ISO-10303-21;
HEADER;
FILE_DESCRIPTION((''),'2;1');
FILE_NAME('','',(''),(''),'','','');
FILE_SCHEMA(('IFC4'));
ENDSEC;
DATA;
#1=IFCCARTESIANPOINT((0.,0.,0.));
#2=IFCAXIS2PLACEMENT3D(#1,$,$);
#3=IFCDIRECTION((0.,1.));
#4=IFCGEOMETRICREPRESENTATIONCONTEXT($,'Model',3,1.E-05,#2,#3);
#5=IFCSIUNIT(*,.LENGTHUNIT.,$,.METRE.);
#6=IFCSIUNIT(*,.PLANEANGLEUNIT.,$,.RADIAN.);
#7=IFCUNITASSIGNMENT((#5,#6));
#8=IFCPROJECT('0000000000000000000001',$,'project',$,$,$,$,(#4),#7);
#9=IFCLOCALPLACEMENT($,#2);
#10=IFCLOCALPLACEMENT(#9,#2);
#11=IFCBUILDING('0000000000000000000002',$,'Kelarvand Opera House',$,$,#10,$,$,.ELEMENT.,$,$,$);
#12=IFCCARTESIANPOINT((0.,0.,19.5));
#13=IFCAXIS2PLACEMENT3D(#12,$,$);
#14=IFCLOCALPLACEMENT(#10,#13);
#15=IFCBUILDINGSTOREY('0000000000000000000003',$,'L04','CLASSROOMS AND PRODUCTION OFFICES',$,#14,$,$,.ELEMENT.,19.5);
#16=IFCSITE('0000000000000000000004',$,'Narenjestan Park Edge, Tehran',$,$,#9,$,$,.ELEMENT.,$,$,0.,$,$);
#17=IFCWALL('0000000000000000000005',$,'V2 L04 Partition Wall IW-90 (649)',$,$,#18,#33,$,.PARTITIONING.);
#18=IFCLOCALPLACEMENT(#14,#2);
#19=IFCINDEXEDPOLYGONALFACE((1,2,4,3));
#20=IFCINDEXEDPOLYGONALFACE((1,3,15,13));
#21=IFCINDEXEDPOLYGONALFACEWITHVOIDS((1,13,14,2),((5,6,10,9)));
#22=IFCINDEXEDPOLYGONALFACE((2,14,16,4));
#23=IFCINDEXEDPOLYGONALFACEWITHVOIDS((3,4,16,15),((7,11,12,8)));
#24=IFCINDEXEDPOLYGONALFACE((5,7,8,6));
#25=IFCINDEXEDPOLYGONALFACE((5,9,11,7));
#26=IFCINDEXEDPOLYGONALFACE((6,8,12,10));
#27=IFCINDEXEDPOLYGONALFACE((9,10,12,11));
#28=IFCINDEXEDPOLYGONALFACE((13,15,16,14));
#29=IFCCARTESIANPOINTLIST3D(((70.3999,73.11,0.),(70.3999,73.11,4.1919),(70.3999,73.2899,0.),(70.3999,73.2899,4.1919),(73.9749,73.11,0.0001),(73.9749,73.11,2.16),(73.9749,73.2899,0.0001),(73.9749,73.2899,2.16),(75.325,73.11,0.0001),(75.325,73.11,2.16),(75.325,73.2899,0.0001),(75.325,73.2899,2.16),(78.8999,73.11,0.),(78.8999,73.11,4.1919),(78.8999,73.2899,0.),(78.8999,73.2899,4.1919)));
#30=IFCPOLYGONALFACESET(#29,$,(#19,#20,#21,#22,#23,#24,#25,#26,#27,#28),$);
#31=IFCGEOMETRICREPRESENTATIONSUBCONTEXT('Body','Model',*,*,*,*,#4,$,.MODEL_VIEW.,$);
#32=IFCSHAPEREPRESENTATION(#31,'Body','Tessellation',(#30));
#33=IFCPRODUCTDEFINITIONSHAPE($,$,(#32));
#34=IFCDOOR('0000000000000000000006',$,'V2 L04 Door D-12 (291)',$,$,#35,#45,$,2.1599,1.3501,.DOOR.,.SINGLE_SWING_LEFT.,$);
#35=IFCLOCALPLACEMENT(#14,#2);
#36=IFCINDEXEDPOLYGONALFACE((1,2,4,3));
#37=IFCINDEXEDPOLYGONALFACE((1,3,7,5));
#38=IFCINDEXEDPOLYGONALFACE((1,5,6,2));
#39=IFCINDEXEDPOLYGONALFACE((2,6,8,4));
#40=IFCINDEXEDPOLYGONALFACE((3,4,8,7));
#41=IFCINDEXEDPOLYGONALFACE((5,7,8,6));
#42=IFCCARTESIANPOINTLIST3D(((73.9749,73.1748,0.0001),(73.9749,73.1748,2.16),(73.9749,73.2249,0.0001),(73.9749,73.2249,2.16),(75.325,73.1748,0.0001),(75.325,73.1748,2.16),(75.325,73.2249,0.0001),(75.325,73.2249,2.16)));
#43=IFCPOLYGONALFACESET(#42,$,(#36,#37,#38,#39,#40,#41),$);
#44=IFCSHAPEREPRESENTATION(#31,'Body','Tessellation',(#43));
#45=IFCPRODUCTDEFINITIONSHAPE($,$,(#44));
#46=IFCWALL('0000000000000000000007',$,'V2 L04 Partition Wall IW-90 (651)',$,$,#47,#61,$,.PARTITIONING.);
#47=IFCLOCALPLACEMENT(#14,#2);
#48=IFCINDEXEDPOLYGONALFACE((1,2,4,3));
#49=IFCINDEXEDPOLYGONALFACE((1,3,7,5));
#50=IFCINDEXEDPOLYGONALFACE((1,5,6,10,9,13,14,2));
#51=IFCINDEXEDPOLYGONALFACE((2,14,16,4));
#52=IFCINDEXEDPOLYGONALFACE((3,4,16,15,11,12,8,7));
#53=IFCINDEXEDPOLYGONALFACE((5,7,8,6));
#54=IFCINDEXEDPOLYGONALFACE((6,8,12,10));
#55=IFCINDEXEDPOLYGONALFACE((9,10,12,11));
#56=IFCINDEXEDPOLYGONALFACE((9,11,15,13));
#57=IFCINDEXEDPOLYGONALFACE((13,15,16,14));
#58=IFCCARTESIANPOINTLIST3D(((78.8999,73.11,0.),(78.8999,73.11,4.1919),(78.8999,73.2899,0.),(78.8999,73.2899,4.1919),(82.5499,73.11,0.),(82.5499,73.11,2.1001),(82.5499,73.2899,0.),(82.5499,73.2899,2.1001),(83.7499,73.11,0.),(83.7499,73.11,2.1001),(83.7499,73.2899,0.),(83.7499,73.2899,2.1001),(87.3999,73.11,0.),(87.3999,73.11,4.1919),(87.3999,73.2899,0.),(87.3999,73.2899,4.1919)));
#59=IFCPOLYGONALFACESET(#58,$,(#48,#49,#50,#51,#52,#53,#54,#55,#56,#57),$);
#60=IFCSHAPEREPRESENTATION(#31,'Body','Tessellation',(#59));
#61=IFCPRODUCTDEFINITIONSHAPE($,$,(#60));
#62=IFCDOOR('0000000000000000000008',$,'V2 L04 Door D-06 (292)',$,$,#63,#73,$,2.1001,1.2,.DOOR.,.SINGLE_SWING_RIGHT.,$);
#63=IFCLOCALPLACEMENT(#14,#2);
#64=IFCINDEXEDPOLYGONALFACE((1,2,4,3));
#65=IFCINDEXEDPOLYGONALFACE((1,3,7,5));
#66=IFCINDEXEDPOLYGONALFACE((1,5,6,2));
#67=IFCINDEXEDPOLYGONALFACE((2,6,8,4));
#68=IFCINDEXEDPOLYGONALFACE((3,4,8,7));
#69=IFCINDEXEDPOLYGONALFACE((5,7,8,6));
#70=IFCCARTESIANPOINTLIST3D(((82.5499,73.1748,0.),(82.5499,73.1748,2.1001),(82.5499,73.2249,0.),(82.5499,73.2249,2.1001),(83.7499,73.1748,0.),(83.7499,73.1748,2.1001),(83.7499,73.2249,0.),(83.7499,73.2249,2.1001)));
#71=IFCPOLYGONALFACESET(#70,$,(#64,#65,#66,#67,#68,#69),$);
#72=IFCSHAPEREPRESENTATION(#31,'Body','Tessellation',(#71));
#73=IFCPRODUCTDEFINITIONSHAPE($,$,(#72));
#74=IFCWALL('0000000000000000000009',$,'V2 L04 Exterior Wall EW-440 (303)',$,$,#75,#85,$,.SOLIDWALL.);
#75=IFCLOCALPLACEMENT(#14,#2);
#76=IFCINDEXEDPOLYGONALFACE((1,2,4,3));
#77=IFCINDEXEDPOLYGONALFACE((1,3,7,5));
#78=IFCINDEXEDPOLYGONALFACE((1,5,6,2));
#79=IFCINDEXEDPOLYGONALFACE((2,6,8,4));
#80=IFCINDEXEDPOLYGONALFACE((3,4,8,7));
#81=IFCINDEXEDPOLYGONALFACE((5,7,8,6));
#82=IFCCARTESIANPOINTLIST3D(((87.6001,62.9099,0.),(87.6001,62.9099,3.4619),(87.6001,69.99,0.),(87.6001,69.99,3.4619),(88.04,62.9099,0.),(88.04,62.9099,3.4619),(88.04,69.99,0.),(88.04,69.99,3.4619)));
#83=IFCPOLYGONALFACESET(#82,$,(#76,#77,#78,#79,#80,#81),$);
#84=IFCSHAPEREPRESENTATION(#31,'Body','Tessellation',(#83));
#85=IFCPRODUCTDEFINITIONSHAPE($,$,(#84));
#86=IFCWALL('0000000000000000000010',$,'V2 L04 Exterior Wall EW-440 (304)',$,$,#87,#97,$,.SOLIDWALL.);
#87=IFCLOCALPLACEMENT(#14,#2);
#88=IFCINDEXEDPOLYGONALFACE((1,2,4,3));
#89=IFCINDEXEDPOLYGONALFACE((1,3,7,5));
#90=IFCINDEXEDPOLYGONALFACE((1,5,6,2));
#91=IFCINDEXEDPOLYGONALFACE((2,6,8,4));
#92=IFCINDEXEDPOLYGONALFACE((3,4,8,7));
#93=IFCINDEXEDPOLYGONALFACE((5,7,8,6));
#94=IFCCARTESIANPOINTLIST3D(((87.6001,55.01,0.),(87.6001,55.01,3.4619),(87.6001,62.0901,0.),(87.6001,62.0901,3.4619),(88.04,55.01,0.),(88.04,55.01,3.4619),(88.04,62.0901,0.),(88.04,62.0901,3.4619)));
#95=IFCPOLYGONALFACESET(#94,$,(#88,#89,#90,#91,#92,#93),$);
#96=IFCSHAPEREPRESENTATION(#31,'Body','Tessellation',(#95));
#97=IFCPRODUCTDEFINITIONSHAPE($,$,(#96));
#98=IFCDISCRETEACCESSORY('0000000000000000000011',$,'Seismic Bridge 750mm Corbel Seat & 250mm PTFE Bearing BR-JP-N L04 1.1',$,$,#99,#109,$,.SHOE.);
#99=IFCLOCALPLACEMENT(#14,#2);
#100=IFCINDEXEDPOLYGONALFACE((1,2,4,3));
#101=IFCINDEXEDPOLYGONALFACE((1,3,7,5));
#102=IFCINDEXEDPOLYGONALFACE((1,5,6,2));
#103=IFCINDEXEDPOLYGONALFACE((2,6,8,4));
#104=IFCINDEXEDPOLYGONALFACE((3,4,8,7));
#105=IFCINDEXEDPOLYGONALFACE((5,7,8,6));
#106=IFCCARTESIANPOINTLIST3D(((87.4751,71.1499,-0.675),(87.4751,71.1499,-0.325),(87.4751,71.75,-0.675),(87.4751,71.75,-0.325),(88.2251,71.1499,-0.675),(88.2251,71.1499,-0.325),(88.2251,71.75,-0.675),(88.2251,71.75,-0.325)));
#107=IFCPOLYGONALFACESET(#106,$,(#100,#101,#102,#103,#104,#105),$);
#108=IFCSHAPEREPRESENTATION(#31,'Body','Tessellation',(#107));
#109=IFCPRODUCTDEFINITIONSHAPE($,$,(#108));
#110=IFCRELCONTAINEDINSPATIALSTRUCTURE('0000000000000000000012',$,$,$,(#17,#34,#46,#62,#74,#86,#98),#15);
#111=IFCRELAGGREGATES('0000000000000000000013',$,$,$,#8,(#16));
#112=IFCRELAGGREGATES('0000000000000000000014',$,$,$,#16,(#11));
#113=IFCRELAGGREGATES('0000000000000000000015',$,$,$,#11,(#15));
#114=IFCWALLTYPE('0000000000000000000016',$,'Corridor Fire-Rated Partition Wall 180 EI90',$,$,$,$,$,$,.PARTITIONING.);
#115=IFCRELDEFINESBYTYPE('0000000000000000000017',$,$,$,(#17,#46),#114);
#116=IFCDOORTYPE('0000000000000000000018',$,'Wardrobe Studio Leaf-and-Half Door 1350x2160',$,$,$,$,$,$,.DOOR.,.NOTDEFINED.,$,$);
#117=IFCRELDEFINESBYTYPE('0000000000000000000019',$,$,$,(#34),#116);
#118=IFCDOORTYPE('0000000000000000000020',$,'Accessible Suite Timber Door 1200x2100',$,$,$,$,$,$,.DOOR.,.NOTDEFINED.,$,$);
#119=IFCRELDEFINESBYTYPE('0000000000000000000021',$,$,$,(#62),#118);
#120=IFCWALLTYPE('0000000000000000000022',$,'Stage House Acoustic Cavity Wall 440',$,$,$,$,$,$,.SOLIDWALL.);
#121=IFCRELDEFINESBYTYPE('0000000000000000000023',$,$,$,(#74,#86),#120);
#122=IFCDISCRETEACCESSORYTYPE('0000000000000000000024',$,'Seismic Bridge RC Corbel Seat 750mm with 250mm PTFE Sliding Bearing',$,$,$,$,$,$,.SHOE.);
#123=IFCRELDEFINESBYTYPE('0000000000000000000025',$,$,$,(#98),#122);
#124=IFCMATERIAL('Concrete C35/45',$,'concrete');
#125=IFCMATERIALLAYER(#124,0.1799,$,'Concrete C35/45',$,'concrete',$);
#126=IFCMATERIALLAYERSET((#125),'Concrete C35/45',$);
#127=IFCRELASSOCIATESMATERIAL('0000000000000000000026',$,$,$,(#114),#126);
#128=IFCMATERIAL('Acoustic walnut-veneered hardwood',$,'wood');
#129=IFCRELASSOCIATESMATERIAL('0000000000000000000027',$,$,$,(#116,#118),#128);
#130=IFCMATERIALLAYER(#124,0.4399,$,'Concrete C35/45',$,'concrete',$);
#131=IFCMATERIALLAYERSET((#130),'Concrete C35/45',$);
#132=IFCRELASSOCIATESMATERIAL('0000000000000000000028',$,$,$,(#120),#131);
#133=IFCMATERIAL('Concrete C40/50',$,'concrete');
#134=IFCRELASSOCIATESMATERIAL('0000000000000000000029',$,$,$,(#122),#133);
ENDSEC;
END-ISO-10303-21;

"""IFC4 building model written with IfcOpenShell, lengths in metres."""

from ifc_helpers import new_model, si_unit, direction, frame, frame_2d, origin, origin_2d, place, context, subcontext, project, spatial, rectangle, extrude, material, layer, layer_set, type_object, element, fill, save


model = new_model("IFC4")

# Units and contexts
model_context = context("Model", 3, precision=1e-05, world=origin(), true_north=direction((0.0, 1.0)))
body_context = subcontext(model_context, "Body", "Model", "MODEL_VIEW")
ifc_project = project(units=[si_unit("LENGTHUNIT", "METRE"), si_unit("PLANEANGLEUNIT", "RADIAN")], contexts=[model_context])

# Site, building, storey
site_placement = place(None, origin())
site = spatial("IfcSite", under=ifc_project, at=site_placement, Name="Narenjestan Park Edge, Tehran", CompositionType="ELEMENT", RefElevation=0.0)
building_placement = place(site_placement, origin())
building = spatial("IfcBuilding", under=site, at=building_placement, Name="Kelarvand Opera House", CompositionType="ELEMENT")
storey_placement = place(building_placement, frame((0.0, 0.0, 19.5)))
storey = spatial("IfcBuildingStorey", under=building, at=storey_placement, Name="L04", Description="CLASSROOMS AND PRODUCTION OFFICES", CompositionType="ELEMENT", Elevation=19.5)

# Shared definitions
ifc_material_1 = material(Name="Concrete C40/50", Category="concrete")

# Shared definitions
ifc_material_2 = material(Name="Concrete C35/45", Category="concrete")

# Walls, openings, doors
ifc_layer_1 = layer(ifc_material_2, 0.1799, Name="Concrete C35/45", Category="concrete")
ifc_layer_set_1 = layer_set([ifc_layer_1], Name="Concrete C35/45")
wall_type_1 = type_object("IfcWallType", Name="Corridor Fire-Rated Partition Wall 180 EI90", PredefinedType="PARTITIONING", material=ifc_layer_set_1)
wall_1_placement = place(storey_placement, frame((70.3999, 73.2, 0.0), z_axis=(0.0, 0.0, 1.0), x_axis=(1.0, 0.0, 0.0)))
wall_1 = element("IfcWall", 1, at=wall_1_placement, inside=storey, type_object=wall_type_1, Name="V2 L04 Partition Wall IW-90 (649)", PredefinedType="PARTITIONING", context=body_context, shape_type="SweptSolid", body=[
    extrude(rectangle(XDim=8.5, YDim=0.1799, at=frame_2d((4.25, 0.0))), origin(), (0.0, 0.0, 1.0), 4.1919),
])
opening_1_placement = place(wall_1_placement, frame((3.575, 0.0, 0.0)))
opening_1 = element("IfcOpeningElement", 2, at=opening_1_placement, cuts=wall_1, PredefinedType="OPENING", context=body_context, shape_type="SweptSolid", body=[
    extrude(rectangle(XDim=1.3501, YDim=2.1599, at=frame_2d((0.675, 1.0801))), frame((0.0, 0.1001, 0.0), z_axis=(0.0, -1.0, 0.0), x_axis=(1.0, 0.0, 0.0)), (0.0, 0.0, 1.0), 0.2),
])
ifc_material_3 = material(Name="Acoustic walnut-veneered hardwood", Category="wood")
door_type_1 = type_object("IfcDoorType", Name="Wardrobe Studio Leaf-and-Half Door 1350x2160", OperationType="NOTDEFINED", PredefinedType="DOOR", material=ifc_material_3)
door_1_placement = place(opening_1_placement, origin())
door_1 = element("IfcDoor", 3, at=door_1_placement, inside=storey, type_object=door_type_1, Name="V2 L04 Door D-12 (291)", OperationType="SINGLE_SWING_LEFT", OverallHeight=2.1599, OverallWidth=1.3501, PredefinedType="DOOR", context=body_context, shape_type="SweptSolid", body=[
    extrude(rectangle(XDim=1.3501, YDim=2.1599, at=frame_2d((0.675, 1.0801))), frame((0.0, 0.0249, 0.0), z_axis=(0.0, -1.0, 0.0), x_axis=(1.0, 0.0, 0.0)), (0.0, 0.0, 1.0), 0.05),
])
fill(opening_1, door_1)
wall_2_placement = place(storey_placement, frame((78.8999, 73.2, 0.0), z_axis=(0.0, 0.0, 1.0), x_axis=(1.0, 0.0, 0.0)))
wall_2 = element("IfcWall", 4, at=wall_2_placement, inside=storey, type_object=wall_type_1, Name="V2 L04 Partition Wall IW-90 (651)", PredefinedType="PARTITIONING", context=body_context, shape_type="SweptSolid", body=[
    extrude(rectangle(XDim=8.5, YDim=0.1799, at=frame_2d((4.25, 0.0))), origin(), (0.0, 0.0, 1.0), 4.1919),
])
opening_2_placement = place(wall_2_placement, frame((3.6499, 0.0, 0.0)))
opening_2 = element("IfcOpeningElement", 5, at=opening_2_placement, cuts=wall_2, PredefinedType="OPENING", context=body_context, shape_type="SweptSolid", body=[
    extrude(rectangle(XDim=1.2, YDim=2.1001, at=frame_2d((0.6001, 1.05))), frame((0.0, 0.1001, 0.0), z_axis=(0.0, -1.0, 0.0), x_axis=(1.0, 0.0, 0.0)), (0.0, 0.0, 1.0), 0.2),
])
door_type_2 = type_object("IfcDoorType", Name="Accessible Suite Timber Door 1200x2100", OperationType="NOTDEFINED", PredefinedType="DOOR", material=ifc_material_3)
door_2_placement = place(opening_2_placement, origin())
door_2 = element("IfcDoor", 6, at=door_2_placement, inside=storey, type_object=door_type_2, Name="V2 L04 Door D-06 (292)", OperationType="SINGLE_SWING_RIGHT", OverallHeight=2.1001, OverallWidth=1.2, PredefinedType="DOOR", context=body_context, shape_type="SweptSolid", body=[
    extrude(rectangle(XDim=1.2, YDim=2.1001, at=frame_2d((0.6001, 1.05))), frame((0.0, 0.0249, 0.0), z_axis=(0.0, -1.0, 0.0), x_axis=(1.0, 0.0, 0.0)), (0.0, 0.0, 1.0), 0.05),
])
fill(opening_2, door_2)

# Walls
ifc_layer_2 = layer(ifc_material_2, 0.4399, Name="Concrete C35/45", Category="concrete")
ifc_layer_set_2 = layer_set([ifc_layer_2], Name="Concrete C35/45")
wall_type_2 = type_object("IfcWallType", Name="Stage House Acoustic Cavity Wall 440", PredefinedType="SOLIDWALL", material=ifc_layer_set_2)
for number, where, z_axis, x_axis, name in (
    (7, (87.8201, 69.99, 0.0), (0.0, 0.0, 1.0), (0.0, -1.0, 0.0), "V2 L04 Exterior Wall EW-440 (303)"),
    (8, (87.8201, 62.0901, 0.0), (0.0, 0.0, 1.0), (0.0, -1.0, 0.0), "V2 L04 Exterior Wall EW-440 (304)"),
):
    element("IfcWall", number, at=place(storey_placement, frame(where, z_axis=z_axis, x_axis=x_axis)), inside=storey, type_object=wall_type_2, Name=name, PredefinedType="SOLIDWALL", context=body_context, shape_type="SweptSolid", body=[
        extrude(rectangle(XDim=7.0801, YDim=0.4399, at=frame_2d((3.54, 0.0))), origin(), (0.0, 0.0, 1.0), 3.4619),
    ])

# Discrete accessory
discrete_accessory_type = type_object("IfcDiscreteAccessoryType", Name="Seismic Bridge RC Corbel Seat 750mm with 250mm PTFE Sliding Bearing", PredefinedType="SHOE", material=ifc_material_1)
discrete_accessory_placement = place(storey_placement, frame((87.8501, 71.45, -0.675), z_axis=(0.0, 0.0, 1.0), x_axis=(1.0, 0.0, 0.0)))
element("IfcDiscreteAccessory", 9, at=discrete_accessory_placement, inside=storey, type_object=discrete_accessory_type, Name="Seismic Bridge 750mm Corbel Seat & 250mm PTFE Bearing BR-JP-N L04 1.1", PredefinedType="SHOE", context=body_context, shape_type="SweptSolid", body=[
    extrude(rectangle(XDim=0.75, YDim=0.6001, at=origin_2d()), origin(), (0.0, 0.0, 1.0), 0.3501),
])

save(model, "model.ifc")
